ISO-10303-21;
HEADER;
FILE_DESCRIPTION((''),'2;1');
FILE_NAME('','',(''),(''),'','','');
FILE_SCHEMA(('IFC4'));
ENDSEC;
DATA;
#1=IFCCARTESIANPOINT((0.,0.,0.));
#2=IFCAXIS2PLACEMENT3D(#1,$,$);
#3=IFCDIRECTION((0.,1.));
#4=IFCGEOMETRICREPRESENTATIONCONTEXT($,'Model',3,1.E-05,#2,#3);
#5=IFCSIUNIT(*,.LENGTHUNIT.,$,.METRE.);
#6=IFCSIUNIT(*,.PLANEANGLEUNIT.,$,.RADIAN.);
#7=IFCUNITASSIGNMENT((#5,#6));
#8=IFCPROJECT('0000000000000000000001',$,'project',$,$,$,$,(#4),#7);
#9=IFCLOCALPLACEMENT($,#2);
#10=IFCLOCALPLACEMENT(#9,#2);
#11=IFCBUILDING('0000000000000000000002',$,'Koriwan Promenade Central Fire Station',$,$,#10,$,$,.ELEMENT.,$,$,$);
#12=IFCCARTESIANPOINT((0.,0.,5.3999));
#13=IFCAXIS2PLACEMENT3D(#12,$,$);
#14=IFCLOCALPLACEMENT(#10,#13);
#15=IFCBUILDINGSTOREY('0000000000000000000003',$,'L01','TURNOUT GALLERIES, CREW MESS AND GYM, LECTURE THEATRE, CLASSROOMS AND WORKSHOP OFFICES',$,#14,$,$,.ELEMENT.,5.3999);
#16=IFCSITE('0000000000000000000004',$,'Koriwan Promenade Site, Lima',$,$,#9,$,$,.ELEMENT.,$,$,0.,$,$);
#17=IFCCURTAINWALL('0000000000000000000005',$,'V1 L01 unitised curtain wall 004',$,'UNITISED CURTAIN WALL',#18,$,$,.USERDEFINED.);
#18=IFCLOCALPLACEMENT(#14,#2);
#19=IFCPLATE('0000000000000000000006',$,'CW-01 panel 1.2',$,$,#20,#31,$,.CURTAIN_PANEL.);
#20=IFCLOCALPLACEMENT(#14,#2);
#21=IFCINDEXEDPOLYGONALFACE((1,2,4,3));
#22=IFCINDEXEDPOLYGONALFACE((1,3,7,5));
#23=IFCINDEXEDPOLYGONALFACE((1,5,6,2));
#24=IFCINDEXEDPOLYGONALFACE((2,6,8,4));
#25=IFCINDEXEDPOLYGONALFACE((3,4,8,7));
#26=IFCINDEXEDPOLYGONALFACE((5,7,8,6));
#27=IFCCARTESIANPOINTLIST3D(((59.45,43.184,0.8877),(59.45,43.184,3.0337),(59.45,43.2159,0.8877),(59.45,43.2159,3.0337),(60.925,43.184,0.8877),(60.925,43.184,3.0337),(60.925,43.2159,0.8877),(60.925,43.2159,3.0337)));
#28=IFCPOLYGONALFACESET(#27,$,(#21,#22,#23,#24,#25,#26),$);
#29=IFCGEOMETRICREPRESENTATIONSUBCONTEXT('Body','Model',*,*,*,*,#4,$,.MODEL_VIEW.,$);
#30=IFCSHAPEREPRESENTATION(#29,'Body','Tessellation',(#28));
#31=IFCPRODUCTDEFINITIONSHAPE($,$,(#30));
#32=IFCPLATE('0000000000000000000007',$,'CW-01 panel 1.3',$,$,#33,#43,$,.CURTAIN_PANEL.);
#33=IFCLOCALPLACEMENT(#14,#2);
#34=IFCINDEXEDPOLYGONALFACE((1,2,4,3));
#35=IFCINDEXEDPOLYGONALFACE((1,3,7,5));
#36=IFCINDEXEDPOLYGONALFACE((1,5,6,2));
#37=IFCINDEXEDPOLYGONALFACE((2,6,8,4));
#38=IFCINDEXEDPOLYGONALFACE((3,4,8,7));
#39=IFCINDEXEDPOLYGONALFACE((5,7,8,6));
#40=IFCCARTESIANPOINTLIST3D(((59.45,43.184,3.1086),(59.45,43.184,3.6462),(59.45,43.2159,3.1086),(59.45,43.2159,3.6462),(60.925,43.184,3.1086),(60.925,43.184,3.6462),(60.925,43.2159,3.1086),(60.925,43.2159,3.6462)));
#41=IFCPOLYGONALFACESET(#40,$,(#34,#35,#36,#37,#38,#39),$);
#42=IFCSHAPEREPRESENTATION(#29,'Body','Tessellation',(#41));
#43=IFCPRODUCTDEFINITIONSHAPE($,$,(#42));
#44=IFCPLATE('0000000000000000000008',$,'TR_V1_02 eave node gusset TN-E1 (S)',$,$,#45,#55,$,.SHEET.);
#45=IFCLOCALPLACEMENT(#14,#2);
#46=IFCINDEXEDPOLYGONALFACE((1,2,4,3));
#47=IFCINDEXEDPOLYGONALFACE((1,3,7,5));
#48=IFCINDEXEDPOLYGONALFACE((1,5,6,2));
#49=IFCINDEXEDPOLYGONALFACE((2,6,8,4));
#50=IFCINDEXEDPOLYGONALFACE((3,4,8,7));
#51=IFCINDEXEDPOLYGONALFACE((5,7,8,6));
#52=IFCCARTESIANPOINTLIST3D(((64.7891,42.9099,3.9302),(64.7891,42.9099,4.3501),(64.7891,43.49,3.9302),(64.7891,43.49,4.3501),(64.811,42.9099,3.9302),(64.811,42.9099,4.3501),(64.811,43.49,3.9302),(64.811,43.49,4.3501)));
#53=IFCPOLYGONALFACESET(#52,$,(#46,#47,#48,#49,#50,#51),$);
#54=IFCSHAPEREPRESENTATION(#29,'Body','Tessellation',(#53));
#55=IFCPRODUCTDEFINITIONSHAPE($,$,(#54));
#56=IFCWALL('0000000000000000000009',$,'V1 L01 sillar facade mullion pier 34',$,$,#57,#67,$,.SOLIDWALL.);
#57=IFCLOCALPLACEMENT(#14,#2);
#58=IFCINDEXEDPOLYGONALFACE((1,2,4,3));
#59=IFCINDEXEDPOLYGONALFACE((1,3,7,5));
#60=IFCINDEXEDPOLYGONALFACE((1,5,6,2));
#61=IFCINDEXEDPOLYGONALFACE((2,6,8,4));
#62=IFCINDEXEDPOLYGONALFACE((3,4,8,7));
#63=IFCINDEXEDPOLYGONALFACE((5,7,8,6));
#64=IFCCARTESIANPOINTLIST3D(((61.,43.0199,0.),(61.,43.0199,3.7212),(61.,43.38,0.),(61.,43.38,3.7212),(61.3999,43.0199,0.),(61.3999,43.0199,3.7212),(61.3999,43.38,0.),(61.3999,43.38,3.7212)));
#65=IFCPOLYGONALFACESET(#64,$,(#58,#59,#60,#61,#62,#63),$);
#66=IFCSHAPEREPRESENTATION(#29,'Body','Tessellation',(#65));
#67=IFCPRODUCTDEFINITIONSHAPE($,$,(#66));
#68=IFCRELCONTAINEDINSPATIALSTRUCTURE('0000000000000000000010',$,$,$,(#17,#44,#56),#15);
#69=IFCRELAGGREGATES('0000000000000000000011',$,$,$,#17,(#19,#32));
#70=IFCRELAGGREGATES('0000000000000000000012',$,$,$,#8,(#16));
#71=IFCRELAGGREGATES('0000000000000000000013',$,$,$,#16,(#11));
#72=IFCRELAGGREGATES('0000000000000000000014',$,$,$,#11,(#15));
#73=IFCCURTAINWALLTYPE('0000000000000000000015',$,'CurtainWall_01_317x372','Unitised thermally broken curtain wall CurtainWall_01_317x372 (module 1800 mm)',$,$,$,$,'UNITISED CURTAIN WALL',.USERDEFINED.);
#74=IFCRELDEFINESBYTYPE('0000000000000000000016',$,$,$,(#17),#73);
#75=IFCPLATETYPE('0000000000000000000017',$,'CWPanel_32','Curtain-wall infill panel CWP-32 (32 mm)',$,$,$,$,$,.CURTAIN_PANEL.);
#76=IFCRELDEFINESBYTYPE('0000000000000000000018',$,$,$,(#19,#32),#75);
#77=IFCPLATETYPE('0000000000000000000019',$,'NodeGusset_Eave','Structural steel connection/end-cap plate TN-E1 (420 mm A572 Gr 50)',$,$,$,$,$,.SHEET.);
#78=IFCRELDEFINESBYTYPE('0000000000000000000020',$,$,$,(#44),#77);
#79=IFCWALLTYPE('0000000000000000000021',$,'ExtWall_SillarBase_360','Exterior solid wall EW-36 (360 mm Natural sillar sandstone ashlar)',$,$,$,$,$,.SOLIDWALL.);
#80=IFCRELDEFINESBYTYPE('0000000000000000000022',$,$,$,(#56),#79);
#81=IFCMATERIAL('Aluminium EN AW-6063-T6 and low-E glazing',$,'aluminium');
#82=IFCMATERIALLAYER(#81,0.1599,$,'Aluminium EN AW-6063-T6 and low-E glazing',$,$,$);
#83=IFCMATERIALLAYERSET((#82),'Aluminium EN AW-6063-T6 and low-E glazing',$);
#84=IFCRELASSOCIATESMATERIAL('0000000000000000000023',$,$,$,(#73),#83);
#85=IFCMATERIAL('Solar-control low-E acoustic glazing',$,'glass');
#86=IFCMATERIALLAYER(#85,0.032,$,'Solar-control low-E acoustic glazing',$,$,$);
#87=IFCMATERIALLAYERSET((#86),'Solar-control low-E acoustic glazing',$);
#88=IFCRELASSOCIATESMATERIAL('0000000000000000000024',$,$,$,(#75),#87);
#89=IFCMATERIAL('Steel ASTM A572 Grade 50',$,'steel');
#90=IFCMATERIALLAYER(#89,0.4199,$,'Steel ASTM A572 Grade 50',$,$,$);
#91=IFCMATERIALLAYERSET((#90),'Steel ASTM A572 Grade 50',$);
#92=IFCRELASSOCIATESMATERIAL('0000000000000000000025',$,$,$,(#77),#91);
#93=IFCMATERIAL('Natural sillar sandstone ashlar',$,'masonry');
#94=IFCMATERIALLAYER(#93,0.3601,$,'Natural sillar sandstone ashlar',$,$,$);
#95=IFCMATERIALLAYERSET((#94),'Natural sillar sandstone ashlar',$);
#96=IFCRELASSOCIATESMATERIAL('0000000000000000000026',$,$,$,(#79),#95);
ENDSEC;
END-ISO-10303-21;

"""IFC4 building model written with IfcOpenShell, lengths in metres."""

from ifc_helpers import new_model, si_unit, direction, frame, frame_2d, origin, origin_2d, place, context, subcontext, project, spatial, rectangle, extrude, material, layer, layer_set, type_object, element, aggregate, save


model = new_model("IFC4")

# Units and contexts
model_context = context("Model", 3, precision=1e-05, world=origin(), true_north=direction((0.0, 1.0)))
body_context = subcontext(model_context, "Body", "Model", "MODEL_VIEW")
ifc_project = project(units=[si_unit("LENGTHUNIT", "METRE"), si_unit("PLANEANGLEUNIT", "RADIAN")], contexts=[model_context])

# Site, building, storey
site_placement = place(None, origin())
site = spatial("IfcSite", under=ifc_project, at=site_placement, Name="Koriwan Promenade Site, Lima", CompositionType="ELEMENT", RefElevation=0.0)
building_placement = place(site_placement, origin())
building = spatial("IfcBuilding", under=site, at=building_placement, Name="Koriwan Promenade Central Fire Station", CompositionType="ELEMENT")
storey_placement = place(building_placement, frame((0.0, 0.0, 5.3999)))
storey = spatial("IfcBuildingStorey", under=building, at=storey_placement, Name="L01", Description="TURNOUT GALLERIES, CREW MESS AND GYM, LECTURE THEATRE, CLASSROOMS AND WORKSHOP OFFICES", CompositionType="ELEMENT", Elevation=5.3999)

# Curtain wall
ifc_material_1 = material(Name="Aluminium EN AW-6063-T6 and low-E glazing", Category="aluminium")
ifc_layer_1 = layer(ifc_material_1, 0.1599, Name="Aluminium EN AW-6063-T6 and low-E glazing")
ifc_layer_set_1 = layer_set([ifc_layer_1], Name="Aluminium EN AW-6063-T6 and low-E glazing")
curtain_wall_type_1 = type_object("IfcCurtainWallType", Name="CurtainWall_01_317x372", Description="Unitised thermally broken curtain wall CurtainWall_01_317x372 (module 1800 mm)", ElementType="UNITISED CURTAIN WALL", PredefinedType="USERDEFINED", material=ifc_layer_set_1)
curtain_wall_1_placement = place(storey_placement, origin())
curtain_wall_1 = element("IfcCurtainWall", 1, at=curtain_wall_1_placement, inside=storey, type_object=curtain_wall_type_1, Name="V1 L01 unitised curtain wall 004", ObjectType="UNITISED CURTAIN WALL", PredefinedType="USERDEFINED")

# Plates
ifc_material_2 = material(Name="Solar-control low-E acoustic glazing", Category="glass")
ifc_layer_2 = layer(ifc_material_2, 0.032, Name="Solar-control low-E acoustic glazing")
ifc_layer_set_2 = layer_set([ifc_layer_2], Name="Solar-control low-E acoustic glazing")
plate_type_1 = type_object("IfcPlateType", Name="CWPanel_32", Description="Curtain-wall infill panel CWP-32 (32 mm)", PredefinedType="CURTAIN_PANEL", material=ifc_layer_set_2)
plate_1_placement = place(storey_placement, frame((60.1875, 43.2, 0.8877), z_axis=(0.0, 0.0, 1.0), x_axis=(-1.0, 0.0, 0.0)))
plate_1 = element("IfcPlate", 2, at=plate_1_placement, type_object=plate_type_1, Name="CW-01 panel 1.2", PredefinedType="CURTAIN_PANEL", context=body_context, shape_type="SweptSolid", body=[
    extrude(rectangle(XDim=1.4751, YDim=0.032, at=origin_2d()), origin(), (0.0, 0.0, 1.0), 2.146),
])
plate_2_placement = place(storey_placement, frame((60.1875, 43.2, 3.1086), z_axis=(0.0, 0.0, 1.0), x_axis=(-1.0, 0.0, 0.0)))
plate_2 = element("IfcPlate", 3, at=plate_2_placement, type_object=plate_type_1, Name="CW-01 panel 1.3", PredefinedType="CURTAIN_PANEL", context=body_context, shape_type="SweptSolid", body=[
    extrude(rectangle(XDim=1.4751, YDim=0.032, at=origin_2d()), origin(), (0.0, 0.0, 1.0), 0.5376),
])
aggregate(curtain_wall_1, [plate_1, plate_2])
ifc_material_3 = material(Name="Steel ASTM A572 Grade 50", Category="steel")
ifc_layer_3 = layer(ifc_material_3, 0.4199, Name="Steel ASTM A572 Grade 50")
ifc_layer_set_3 = layer_set([ifc_layer_3], Name="Steel ASTM A572 Grade 50")
plate_type_2 = type_object("IfcPlateType", Name="NodeGusset_Eave", Description="Structural steel connection/end-cap plate TN-E1 (420 mm A572 Gr 50)", PredefinedType="SHEET", material=ifc_layer_set_3)
plate_3_placement = place(storey_placement, frame((64.8, 43.2, 3.9302), z_axis=(0.0, 0.0, 1.0), x_axis=(1.0, 0.0, 0.0)))
element("IfcPlate", 4, at=plate_3_placement, inside=storey, type_object=plate_type_2, Name="TR_V1_02 eave node gusset TN-E1 (S)", PredefinedType="SHEET", context=body_context, shape_type="SweptSolid", body=[
    extrude(rectangle(XDim=0.022, YDim=0.5801, at=origin_2d()), origin(), (0.0, 0.0, 1.0), 0.4199),
])

# Wall
ifc_material_4 = material(Name="Natural sillar sandstone ashlar", Category="masonry")
ifc_layer_4 = layer(ifc_material_4, 0.3601, Name="Natural sillar sandstone ashlar")
ifc_layer_set_4 = layer_set([ifc_layer_4], Name="Natural sillar sandstone ashlar")
wall_type = type_object("IfcWallType", Name="ExtWall_SillarBase_360", Description="Exterior solid wall EW-36 (360 mm Natural sillar sandstone ashlar)", PredefinedType="SOLIDWALL", material=ifc_layer_set_4)
wall_placement = place(storey_placement, frame((61.3999, 43.2, 0.0), z_axis=(0.0, 0.0, 1.0), x_axis=(-1.0, 0.0, 0.0)))
element("IfcWall", 5, at=wall_placement, inside=storey, type_object=wall_type, Name="V1 L01 sillar facade mullion pier 34", PredefinedType="SOLIDWALL", context=body_context, shape_type="SweptSolid", body=[
    extrude(rectangle(XDim=0.3999, YDim=0.3601, at=frame_2d((0.2, 0.0))), origin(), (0.0, 0.0, 1.0), 3.7212),
])

save(model, "model.ifc")
